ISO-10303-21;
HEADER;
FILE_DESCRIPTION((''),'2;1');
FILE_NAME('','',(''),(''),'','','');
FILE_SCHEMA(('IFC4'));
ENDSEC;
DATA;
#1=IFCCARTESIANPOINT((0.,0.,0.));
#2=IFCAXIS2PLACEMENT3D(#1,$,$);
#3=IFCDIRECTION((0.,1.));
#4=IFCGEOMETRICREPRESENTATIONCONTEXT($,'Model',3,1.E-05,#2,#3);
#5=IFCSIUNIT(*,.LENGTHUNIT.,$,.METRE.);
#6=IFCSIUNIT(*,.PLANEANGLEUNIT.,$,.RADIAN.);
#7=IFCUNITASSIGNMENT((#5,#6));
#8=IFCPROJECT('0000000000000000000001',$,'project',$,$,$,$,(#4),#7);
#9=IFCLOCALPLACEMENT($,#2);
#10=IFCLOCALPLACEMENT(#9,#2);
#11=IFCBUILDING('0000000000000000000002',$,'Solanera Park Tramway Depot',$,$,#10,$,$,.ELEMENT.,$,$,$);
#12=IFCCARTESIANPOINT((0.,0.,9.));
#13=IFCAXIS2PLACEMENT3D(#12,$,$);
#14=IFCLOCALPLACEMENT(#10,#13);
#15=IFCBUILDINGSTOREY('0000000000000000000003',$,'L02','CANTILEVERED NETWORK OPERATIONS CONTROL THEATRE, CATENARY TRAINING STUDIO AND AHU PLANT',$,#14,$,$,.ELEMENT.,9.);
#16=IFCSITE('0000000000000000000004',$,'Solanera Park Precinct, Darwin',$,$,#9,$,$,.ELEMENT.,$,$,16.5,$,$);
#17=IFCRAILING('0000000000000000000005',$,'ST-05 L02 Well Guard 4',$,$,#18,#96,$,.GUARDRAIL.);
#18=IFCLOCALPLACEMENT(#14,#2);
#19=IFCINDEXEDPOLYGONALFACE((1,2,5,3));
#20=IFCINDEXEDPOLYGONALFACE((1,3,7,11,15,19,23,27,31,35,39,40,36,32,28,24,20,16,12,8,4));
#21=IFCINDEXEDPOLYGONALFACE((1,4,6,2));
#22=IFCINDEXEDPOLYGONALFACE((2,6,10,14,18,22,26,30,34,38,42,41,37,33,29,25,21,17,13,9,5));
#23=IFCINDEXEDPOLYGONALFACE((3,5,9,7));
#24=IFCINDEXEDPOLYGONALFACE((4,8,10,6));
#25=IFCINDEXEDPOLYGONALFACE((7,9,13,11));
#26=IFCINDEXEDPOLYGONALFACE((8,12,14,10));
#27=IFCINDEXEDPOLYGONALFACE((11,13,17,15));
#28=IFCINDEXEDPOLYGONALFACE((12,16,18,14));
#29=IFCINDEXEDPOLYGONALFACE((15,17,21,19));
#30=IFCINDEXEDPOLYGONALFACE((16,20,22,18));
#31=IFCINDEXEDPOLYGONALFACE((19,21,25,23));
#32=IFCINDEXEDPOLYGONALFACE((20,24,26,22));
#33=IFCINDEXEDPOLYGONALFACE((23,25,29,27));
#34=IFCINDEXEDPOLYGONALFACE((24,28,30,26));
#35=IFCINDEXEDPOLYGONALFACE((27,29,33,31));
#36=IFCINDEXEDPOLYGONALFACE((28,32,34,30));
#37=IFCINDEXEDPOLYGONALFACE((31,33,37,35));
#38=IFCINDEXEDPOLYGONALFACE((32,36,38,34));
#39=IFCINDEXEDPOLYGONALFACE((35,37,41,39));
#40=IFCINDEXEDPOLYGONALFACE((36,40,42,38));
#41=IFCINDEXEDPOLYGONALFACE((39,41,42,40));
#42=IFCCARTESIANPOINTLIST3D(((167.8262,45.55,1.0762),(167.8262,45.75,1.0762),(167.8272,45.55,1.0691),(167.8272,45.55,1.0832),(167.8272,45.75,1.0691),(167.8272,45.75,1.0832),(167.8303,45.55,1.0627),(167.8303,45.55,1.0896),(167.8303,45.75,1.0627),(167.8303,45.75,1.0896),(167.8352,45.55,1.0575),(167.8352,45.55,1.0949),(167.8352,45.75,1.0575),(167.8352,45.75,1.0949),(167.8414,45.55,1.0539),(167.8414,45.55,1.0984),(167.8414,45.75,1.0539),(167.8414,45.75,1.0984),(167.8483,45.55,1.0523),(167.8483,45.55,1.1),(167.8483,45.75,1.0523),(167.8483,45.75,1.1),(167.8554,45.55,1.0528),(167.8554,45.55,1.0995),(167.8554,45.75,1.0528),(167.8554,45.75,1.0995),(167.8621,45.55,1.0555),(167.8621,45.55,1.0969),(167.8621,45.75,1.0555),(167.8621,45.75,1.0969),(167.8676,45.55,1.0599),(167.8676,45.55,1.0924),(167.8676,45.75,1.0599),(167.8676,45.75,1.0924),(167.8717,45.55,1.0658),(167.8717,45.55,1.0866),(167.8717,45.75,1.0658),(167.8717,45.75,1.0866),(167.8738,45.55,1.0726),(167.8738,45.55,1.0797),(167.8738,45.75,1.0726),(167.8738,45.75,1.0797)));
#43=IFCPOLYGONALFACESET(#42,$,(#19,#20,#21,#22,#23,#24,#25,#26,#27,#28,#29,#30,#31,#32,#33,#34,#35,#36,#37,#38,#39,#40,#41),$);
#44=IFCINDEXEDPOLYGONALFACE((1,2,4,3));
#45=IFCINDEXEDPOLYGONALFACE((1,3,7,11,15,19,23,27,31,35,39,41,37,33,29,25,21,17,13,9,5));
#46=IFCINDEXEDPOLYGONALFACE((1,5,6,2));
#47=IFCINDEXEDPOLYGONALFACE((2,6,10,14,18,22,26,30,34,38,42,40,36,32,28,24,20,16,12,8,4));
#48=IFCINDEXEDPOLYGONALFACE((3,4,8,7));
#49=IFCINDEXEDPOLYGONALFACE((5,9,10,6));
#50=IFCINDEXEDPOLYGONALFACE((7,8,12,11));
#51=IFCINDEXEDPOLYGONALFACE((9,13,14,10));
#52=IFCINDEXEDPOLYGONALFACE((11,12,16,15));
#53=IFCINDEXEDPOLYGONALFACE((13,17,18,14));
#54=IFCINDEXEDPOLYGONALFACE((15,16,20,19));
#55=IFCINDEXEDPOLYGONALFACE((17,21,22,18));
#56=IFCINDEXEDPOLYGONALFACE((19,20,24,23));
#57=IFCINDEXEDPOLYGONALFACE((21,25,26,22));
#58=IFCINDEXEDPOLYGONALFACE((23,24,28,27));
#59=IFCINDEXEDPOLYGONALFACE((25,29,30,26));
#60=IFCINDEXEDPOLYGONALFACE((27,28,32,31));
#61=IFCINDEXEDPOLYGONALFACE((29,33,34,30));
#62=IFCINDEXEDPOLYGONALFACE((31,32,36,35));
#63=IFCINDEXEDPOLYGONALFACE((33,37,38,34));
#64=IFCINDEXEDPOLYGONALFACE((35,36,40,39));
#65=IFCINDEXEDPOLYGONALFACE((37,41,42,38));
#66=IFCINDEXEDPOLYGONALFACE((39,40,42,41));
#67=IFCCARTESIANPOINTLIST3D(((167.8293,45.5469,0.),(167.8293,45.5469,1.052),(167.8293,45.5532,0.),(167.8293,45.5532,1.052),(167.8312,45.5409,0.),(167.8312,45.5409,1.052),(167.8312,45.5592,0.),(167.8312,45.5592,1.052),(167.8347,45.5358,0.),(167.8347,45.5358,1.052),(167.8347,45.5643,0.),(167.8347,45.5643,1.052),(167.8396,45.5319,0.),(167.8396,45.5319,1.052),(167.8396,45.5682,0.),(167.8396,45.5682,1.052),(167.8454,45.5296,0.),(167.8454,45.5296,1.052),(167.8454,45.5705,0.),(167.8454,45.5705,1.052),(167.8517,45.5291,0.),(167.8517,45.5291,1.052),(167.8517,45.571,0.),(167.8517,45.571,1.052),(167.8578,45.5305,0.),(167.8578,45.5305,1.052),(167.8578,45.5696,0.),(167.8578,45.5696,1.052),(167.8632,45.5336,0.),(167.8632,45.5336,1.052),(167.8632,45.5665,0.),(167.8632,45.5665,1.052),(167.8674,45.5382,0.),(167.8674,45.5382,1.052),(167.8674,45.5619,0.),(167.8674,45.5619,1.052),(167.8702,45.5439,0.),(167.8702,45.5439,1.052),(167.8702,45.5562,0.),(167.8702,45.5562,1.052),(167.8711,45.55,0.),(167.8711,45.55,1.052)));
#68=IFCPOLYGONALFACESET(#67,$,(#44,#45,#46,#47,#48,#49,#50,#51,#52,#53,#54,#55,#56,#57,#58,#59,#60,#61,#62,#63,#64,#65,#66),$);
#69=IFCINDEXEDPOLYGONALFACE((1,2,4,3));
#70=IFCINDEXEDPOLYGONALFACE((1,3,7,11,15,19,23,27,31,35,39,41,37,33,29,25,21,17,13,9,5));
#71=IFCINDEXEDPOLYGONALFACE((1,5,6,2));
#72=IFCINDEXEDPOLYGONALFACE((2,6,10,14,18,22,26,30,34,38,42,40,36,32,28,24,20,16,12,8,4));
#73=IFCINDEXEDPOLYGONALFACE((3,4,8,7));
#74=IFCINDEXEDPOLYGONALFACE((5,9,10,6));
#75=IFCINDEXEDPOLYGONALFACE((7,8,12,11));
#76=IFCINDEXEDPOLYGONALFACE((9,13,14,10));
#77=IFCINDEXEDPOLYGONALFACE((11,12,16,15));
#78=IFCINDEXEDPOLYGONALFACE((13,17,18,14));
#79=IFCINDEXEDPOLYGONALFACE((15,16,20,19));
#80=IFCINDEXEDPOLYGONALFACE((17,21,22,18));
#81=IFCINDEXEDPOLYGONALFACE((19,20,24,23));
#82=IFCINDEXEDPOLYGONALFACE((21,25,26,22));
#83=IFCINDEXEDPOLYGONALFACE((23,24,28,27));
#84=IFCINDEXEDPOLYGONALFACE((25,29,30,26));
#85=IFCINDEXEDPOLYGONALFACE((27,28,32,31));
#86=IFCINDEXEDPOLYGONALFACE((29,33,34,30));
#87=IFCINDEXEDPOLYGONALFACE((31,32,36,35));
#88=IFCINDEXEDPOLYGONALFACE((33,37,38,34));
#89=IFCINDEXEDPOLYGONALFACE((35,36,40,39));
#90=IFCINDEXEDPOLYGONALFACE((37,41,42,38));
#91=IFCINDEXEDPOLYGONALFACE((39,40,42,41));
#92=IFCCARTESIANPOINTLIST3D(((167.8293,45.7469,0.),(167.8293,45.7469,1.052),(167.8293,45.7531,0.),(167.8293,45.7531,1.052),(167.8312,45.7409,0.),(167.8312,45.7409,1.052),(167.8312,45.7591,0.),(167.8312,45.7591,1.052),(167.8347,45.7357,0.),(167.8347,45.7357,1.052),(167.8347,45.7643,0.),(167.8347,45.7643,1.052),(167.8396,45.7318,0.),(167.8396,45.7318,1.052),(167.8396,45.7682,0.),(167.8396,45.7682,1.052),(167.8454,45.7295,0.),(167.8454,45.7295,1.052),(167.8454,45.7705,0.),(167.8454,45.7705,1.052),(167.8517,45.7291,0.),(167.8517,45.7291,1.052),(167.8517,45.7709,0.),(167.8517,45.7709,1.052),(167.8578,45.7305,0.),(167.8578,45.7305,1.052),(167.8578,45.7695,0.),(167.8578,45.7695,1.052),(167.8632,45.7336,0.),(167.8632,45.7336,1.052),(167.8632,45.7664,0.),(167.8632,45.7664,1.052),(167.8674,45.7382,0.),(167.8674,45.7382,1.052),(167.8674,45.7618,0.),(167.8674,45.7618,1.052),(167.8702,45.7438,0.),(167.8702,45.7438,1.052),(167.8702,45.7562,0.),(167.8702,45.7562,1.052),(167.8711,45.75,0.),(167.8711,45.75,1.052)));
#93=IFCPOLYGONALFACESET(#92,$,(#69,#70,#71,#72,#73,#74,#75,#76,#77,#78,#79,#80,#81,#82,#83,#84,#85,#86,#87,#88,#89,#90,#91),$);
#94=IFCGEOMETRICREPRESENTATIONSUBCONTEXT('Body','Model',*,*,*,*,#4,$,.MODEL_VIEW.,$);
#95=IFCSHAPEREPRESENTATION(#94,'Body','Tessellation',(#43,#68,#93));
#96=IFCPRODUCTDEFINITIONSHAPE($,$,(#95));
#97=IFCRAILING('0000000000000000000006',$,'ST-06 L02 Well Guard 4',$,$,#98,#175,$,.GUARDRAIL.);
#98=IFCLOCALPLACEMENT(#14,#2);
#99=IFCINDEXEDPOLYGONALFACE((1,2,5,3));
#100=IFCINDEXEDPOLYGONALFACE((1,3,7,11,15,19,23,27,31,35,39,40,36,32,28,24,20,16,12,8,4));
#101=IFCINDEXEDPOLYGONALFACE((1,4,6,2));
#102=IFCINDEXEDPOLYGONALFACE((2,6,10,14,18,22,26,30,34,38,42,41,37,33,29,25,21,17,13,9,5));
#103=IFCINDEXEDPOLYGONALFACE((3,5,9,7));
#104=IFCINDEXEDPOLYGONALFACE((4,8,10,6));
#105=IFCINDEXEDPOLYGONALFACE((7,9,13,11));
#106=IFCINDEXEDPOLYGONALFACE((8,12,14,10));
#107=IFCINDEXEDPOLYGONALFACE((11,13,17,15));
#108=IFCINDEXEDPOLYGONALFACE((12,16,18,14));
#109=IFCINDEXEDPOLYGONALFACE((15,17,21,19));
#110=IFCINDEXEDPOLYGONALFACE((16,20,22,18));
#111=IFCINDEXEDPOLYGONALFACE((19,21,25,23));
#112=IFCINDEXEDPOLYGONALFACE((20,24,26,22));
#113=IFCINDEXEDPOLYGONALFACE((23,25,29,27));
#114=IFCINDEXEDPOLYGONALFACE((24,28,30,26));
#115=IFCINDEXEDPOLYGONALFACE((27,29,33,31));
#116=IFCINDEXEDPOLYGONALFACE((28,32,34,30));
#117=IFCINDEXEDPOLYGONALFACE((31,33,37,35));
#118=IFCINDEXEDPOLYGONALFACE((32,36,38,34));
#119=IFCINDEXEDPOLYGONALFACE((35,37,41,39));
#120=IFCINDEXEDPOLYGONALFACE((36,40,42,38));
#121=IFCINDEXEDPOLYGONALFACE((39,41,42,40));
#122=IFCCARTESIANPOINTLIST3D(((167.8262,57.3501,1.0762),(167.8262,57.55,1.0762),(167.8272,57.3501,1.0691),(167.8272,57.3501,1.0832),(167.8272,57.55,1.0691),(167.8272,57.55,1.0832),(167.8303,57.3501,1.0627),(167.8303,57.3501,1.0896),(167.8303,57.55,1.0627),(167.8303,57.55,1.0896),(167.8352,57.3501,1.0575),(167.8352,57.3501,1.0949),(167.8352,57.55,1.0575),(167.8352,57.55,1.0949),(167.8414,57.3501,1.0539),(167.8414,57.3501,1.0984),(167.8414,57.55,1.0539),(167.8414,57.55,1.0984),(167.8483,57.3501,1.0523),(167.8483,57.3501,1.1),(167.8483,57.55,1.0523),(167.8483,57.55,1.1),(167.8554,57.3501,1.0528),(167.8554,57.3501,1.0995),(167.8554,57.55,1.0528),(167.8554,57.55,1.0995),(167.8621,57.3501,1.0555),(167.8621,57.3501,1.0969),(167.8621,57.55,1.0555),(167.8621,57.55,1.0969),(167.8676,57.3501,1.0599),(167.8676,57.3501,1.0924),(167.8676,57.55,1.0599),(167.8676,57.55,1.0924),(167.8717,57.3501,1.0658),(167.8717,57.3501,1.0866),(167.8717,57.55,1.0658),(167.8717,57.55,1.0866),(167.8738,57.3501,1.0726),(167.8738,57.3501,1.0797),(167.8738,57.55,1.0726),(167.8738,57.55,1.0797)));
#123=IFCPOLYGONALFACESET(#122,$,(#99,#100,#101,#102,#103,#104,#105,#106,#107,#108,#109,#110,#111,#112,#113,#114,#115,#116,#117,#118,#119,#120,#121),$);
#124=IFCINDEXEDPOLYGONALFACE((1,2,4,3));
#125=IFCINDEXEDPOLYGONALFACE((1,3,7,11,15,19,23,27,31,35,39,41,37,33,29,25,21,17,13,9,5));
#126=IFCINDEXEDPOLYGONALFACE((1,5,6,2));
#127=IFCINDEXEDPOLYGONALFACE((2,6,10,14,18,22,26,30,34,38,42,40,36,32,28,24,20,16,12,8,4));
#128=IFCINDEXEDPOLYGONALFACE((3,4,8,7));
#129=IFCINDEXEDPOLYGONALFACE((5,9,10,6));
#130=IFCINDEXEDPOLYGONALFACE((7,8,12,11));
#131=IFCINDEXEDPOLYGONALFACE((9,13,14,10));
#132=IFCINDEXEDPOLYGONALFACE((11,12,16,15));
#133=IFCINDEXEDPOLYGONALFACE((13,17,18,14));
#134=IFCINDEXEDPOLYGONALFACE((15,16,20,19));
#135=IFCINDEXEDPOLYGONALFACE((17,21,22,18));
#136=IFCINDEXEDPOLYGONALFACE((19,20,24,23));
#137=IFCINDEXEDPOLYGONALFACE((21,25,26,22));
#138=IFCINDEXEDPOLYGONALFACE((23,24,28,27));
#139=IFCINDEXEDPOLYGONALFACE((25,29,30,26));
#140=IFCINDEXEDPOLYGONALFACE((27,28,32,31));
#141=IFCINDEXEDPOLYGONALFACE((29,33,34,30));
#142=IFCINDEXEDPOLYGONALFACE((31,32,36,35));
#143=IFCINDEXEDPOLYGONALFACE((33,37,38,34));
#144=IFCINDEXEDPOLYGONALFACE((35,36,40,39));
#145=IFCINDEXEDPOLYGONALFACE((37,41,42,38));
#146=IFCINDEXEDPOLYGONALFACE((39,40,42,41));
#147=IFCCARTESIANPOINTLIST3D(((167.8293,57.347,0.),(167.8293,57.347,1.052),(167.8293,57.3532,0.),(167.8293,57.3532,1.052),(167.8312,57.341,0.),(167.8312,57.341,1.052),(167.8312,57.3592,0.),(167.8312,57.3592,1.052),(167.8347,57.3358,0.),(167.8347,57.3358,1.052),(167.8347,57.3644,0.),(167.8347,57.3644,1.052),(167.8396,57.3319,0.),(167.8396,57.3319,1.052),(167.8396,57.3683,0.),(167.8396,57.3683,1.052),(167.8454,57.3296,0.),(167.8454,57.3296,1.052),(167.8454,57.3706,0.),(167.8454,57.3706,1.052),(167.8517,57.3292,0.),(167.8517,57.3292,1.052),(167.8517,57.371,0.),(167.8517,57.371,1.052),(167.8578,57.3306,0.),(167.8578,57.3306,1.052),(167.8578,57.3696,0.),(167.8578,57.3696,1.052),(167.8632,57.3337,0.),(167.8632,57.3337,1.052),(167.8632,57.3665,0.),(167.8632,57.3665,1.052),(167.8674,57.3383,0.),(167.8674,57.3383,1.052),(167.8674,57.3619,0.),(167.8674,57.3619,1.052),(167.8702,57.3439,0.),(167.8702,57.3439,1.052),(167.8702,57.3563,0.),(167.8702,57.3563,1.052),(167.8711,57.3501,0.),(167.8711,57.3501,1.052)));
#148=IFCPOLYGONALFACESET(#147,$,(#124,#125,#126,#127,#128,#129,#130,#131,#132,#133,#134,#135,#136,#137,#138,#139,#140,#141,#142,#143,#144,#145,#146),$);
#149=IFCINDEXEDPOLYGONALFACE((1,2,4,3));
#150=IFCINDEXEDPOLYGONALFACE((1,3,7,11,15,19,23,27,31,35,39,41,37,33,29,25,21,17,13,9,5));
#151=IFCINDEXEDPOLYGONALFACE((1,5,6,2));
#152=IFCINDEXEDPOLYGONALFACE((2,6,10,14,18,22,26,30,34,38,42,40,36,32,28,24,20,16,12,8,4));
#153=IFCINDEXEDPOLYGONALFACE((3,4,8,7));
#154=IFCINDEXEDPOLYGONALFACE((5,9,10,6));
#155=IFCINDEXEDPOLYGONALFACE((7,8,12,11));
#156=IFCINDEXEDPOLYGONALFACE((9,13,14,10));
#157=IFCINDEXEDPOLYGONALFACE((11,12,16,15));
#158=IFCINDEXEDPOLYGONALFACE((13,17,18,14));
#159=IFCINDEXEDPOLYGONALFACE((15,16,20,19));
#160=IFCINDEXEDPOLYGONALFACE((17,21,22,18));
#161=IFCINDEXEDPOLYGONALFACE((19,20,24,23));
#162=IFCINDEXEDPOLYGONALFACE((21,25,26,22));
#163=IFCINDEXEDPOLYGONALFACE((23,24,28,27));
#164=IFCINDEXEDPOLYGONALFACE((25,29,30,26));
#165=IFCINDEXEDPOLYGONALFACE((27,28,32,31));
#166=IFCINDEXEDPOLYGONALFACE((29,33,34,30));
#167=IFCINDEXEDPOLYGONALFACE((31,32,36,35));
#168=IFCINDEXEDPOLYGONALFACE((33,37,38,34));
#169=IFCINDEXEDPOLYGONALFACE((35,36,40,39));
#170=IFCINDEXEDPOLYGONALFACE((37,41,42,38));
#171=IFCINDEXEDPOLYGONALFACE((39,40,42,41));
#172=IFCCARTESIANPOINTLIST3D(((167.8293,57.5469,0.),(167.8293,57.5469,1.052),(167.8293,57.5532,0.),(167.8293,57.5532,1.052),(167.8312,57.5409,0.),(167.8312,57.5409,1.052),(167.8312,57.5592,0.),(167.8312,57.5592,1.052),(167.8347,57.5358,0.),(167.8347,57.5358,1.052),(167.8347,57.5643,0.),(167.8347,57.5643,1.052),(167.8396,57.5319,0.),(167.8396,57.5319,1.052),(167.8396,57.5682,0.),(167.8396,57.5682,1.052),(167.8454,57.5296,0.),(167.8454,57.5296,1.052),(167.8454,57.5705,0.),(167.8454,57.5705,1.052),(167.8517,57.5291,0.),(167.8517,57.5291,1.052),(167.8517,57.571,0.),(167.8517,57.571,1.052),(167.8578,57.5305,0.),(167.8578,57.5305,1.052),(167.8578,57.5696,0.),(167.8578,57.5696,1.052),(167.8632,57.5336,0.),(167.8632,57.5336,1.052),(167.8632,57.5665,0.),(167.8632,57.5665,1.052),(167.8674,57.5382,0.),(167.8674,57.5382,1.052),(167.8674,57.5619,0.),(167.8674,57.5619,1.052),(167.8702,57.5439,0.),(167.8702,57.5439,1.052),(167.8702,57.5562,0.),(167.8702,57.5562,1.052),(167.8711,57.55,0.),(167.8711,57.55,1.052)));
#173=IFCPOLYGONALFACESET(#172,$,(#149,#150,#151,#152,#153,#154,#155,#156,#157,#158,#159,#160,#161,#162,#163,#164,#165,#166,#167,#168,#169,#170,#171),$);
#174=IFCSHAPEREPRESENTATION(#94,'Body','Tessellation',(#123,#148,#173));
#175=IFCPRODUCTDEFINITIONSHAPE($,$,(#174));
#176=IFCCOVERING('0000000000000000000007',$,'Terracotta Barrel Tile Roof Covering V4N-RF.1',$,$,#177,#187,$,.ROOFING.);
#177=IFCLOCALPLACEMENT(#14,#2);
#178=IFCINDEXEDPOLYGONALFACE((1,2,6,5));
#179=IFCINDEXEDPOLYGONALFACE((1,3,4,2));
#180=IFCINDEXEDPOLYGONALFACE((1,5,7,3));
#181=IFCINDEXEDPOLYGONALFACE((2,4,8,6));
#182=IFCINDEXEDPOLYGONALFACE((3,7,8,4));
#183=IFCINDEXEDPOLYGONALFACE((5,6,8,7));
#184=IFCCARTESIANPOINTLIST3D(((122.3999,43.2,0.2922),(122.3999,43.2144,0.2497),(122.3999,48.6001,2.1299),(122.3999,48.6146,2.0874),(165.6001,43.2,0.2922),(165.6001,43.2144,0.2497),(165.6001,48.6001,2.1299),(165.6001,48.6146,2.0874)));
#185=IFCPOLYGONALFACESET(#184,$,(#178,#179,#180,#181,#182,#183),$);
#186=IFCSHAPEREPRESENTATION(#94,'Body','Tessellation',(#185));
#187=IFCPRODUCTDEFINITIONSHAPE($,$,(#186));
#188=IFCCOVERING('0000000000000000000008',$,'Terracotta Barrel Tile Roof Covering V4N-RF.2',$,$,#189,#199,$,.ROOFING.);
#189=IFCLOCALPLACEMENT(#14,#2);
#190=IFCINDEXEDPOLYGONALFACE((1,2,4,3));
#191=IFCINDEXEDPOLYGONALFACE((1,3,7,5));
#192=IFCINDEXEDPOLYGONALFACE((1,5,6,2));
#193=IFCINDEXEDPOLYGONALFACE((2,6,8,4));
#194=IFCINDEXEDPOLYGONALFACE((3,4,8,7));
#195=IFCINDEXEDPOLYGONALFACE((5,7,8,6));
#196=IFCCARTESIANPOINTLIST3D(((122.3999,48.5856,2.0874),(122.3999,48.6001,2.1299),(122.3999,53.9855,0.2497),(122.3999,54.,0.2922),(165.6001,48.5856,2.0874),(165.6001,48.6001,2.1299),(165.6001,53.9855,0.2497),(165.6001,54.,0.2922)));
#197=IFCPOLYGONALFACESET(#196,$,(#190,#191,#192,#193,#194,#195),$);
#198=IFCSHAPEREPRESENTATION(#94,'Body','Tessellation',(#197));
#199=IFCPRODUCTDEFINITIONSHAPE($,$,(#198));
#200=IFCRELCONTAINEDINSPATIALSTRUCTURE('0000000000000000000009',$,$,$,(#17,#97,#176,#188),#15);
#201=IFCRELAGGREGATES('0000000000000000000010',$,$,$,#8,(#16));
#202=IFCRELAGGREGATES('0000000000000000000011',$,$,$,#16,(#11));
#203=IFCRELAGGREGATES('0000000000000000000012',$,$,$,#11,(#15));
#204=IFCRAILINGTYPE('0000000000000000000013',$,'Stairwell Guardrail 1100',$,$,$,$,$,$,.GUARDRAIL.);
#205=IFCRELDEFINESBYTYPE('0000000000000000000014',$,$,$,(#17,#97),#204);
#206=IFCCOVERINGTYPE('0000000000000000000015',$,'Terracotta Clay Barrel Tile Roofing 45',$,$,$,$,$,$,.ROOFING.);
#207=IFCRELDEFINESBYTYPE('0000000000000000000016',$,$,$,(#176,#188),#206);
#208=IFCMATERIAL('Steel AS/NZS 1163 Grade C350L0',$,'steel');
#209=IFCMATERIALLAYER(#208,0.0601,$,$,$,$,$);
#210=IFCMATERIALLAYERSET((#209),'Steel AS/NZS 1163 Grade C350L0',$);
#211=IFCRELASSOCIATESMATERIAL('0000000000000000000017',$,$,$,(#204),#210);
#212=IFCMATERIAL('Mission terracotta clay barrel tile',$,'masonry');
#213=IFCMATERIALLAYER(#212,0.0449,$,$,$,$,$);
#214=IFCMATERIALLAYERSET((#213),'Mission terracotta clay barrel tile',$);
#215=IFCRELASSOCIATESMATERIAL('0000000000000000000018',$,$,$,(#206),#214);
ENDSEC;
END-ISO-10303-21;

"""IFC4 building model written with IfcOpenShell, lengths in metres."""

from ifc_helpers import new_model, si_unit, direction, frame, origin, origin_2d, place, context, subcontext, project, spatial, polyline, circle, outline, extrude, material, layer, layer_set, type_object, element, save


model = new_model("IFC4")

# Units and contexts
model_context = context("Model", 3, precision=1e-05, world=origin(), true_north=direction((0.0, 1.0)))
body_context = subcontext(model_context, "Body", "Model", "MODEL_VIEW")
ifc_project = project(units=[si_unit("LENGTHUNIT", "METRE"), si_unit("PLANEANGLEUNIT", "RADIAN")], contexts=[model_context])

# Site, building, storey
site_placement = place(None, origin())
site = spatial("IfcSite", under=ifc_project, at=site_placement, Name="Solanera Park Precinct, Darwin", CompositionType="ELEMENT", RefElevation=16.5)
building_placement = place(site_placement, origin())
building = spatial("IfcBuilding", under=site, at=building_placement, Name="Solanera Park Tramway Depot", CompositionType="ELEMENT")
storey_placement = place(building_placement, frame((0.0, 0.0, 9.0)))
storey = spatial("IfcBuildingStorey", under=building, at=storey_placement, Name="L02", Description="CANTILEVERED NETWORK OPERATIONS CONTROL THEATRE, CATENARY TRAINING STUDIO AND AHU PLANT", CompositionType="ELEMENT", Elevation=9.0)

# Railings
ifc_material_1 = material(Name="Steel AS/NZS 1163 Grade C350L0", Category="steel")
ifc_layer_1 = layer(ifc_material_1, 0.0601)
ifc_layer_set_1 = layer_set([ifc_layer_1], Name="Steel AS/NZS 1163 Grade C350L0")
railing_type_1 = type_object("IfcRailingType", Name="Stairwell Guardrail 1100", PredefinedType="GUARDRAIL", material=ifc_layer_set_1)
for number, where, name in (
    (1, (167.8501, 45.55, 0.0), "ST-05 L02 Well Guard 4"),
    (2, (167.8501, 57.3501, 0.0), "ST-06 L02 Well Guard 4"),
):
    element("IfcRailing", number, at=place(storey_placement, frame(where)), inside=storey, type_object=railing_type_1, Name=name, PredefinedType="GUARDRAIL", context=body_context, shape_type="SweptSolid", body=[
        extrude(circle(Radius=0.0239, at=origin_2d()), frame((0.0, 0.0, 1.0762), z_axis=(0.0, 1.0, 0.0), x_axis=(-1.0, 0.0, 0.0)), (0.0, 0.0, 1.0), 0.2),
        extrude(circle(Radius=0.021, at=origin_2d()), origin(), (0.0, 0.0, 1.0), 1.052),
        extrude(circle(Radius=0.021, at=origin_2d()), frame((0.0, 0.2, 0.0)), (0.0, 0.0, 1.0), 1.052),
    ])

# Coverings
ifc_material_2 = material(Name="Mission terracotta clay barrel tile", Category="masonry")
ifc_layer_2 = layer(ifc_material_2, 0.0449)
ifc_layer_set_2 = layer_set([ifc_layer_2], Name="Mission terracotta clay barrel tile")
covering_type = type_object("IfcCoveringType", Name="Terracotta Clay Barrel Tile Roofing 45", PredefinedType="ROOFING", material=ifc_layer_set_2)
covering_1_placement = place(storey_placement, frame((122.3999, 43.2, 0.2922), z_axis=(0.0, -0.322154, 0.946687), x_axis=(1.0, 0.0, 0.0)))
element("IfcCovering", 3, at=covering_1_placement, inside=storey, type_object=covering_type, Name="Terracotta Barrel Tile Roof Covering V4N-RF.1", PredefinedType="ROOFING", context=body_context, shape_type="SweptSolid", body=[
    extrude(outline(polyline([(0.0, 0.0), (43.2002, 0.0), (43.2002, 5.7043), (0.0, 5.7043), (0.0, 0.0)])), origin(), (0.0, 0.0, -1.0), 0.0449),
])
covering_2_placement = place(storey_placement, frame((122.3999, 48.6001, 2.1299), z_axis=(0.0, 0.322167, 0.946683), x_axis=(1.0, 0.0, 0.0)))
element("IfcCovering", 4, at=covering_2_placement, inside=storey, type_object=covering_type, Name="Terracotta Barrel Tile Roof Covering V4N-RF.2", PredefinedType="ROOFING", context=body_context, shape_type="SweptSolid", body=[
    extrude(outline(polyline([(0.0, 0.0), (43.2002, 0.0), (43.2002, 5.704), (0.0, 5.704), (0.0, 0.0)])), origin(), (0.0, 0.0, -1.0), 0.0449),
])

save(model, "model.ifc")
